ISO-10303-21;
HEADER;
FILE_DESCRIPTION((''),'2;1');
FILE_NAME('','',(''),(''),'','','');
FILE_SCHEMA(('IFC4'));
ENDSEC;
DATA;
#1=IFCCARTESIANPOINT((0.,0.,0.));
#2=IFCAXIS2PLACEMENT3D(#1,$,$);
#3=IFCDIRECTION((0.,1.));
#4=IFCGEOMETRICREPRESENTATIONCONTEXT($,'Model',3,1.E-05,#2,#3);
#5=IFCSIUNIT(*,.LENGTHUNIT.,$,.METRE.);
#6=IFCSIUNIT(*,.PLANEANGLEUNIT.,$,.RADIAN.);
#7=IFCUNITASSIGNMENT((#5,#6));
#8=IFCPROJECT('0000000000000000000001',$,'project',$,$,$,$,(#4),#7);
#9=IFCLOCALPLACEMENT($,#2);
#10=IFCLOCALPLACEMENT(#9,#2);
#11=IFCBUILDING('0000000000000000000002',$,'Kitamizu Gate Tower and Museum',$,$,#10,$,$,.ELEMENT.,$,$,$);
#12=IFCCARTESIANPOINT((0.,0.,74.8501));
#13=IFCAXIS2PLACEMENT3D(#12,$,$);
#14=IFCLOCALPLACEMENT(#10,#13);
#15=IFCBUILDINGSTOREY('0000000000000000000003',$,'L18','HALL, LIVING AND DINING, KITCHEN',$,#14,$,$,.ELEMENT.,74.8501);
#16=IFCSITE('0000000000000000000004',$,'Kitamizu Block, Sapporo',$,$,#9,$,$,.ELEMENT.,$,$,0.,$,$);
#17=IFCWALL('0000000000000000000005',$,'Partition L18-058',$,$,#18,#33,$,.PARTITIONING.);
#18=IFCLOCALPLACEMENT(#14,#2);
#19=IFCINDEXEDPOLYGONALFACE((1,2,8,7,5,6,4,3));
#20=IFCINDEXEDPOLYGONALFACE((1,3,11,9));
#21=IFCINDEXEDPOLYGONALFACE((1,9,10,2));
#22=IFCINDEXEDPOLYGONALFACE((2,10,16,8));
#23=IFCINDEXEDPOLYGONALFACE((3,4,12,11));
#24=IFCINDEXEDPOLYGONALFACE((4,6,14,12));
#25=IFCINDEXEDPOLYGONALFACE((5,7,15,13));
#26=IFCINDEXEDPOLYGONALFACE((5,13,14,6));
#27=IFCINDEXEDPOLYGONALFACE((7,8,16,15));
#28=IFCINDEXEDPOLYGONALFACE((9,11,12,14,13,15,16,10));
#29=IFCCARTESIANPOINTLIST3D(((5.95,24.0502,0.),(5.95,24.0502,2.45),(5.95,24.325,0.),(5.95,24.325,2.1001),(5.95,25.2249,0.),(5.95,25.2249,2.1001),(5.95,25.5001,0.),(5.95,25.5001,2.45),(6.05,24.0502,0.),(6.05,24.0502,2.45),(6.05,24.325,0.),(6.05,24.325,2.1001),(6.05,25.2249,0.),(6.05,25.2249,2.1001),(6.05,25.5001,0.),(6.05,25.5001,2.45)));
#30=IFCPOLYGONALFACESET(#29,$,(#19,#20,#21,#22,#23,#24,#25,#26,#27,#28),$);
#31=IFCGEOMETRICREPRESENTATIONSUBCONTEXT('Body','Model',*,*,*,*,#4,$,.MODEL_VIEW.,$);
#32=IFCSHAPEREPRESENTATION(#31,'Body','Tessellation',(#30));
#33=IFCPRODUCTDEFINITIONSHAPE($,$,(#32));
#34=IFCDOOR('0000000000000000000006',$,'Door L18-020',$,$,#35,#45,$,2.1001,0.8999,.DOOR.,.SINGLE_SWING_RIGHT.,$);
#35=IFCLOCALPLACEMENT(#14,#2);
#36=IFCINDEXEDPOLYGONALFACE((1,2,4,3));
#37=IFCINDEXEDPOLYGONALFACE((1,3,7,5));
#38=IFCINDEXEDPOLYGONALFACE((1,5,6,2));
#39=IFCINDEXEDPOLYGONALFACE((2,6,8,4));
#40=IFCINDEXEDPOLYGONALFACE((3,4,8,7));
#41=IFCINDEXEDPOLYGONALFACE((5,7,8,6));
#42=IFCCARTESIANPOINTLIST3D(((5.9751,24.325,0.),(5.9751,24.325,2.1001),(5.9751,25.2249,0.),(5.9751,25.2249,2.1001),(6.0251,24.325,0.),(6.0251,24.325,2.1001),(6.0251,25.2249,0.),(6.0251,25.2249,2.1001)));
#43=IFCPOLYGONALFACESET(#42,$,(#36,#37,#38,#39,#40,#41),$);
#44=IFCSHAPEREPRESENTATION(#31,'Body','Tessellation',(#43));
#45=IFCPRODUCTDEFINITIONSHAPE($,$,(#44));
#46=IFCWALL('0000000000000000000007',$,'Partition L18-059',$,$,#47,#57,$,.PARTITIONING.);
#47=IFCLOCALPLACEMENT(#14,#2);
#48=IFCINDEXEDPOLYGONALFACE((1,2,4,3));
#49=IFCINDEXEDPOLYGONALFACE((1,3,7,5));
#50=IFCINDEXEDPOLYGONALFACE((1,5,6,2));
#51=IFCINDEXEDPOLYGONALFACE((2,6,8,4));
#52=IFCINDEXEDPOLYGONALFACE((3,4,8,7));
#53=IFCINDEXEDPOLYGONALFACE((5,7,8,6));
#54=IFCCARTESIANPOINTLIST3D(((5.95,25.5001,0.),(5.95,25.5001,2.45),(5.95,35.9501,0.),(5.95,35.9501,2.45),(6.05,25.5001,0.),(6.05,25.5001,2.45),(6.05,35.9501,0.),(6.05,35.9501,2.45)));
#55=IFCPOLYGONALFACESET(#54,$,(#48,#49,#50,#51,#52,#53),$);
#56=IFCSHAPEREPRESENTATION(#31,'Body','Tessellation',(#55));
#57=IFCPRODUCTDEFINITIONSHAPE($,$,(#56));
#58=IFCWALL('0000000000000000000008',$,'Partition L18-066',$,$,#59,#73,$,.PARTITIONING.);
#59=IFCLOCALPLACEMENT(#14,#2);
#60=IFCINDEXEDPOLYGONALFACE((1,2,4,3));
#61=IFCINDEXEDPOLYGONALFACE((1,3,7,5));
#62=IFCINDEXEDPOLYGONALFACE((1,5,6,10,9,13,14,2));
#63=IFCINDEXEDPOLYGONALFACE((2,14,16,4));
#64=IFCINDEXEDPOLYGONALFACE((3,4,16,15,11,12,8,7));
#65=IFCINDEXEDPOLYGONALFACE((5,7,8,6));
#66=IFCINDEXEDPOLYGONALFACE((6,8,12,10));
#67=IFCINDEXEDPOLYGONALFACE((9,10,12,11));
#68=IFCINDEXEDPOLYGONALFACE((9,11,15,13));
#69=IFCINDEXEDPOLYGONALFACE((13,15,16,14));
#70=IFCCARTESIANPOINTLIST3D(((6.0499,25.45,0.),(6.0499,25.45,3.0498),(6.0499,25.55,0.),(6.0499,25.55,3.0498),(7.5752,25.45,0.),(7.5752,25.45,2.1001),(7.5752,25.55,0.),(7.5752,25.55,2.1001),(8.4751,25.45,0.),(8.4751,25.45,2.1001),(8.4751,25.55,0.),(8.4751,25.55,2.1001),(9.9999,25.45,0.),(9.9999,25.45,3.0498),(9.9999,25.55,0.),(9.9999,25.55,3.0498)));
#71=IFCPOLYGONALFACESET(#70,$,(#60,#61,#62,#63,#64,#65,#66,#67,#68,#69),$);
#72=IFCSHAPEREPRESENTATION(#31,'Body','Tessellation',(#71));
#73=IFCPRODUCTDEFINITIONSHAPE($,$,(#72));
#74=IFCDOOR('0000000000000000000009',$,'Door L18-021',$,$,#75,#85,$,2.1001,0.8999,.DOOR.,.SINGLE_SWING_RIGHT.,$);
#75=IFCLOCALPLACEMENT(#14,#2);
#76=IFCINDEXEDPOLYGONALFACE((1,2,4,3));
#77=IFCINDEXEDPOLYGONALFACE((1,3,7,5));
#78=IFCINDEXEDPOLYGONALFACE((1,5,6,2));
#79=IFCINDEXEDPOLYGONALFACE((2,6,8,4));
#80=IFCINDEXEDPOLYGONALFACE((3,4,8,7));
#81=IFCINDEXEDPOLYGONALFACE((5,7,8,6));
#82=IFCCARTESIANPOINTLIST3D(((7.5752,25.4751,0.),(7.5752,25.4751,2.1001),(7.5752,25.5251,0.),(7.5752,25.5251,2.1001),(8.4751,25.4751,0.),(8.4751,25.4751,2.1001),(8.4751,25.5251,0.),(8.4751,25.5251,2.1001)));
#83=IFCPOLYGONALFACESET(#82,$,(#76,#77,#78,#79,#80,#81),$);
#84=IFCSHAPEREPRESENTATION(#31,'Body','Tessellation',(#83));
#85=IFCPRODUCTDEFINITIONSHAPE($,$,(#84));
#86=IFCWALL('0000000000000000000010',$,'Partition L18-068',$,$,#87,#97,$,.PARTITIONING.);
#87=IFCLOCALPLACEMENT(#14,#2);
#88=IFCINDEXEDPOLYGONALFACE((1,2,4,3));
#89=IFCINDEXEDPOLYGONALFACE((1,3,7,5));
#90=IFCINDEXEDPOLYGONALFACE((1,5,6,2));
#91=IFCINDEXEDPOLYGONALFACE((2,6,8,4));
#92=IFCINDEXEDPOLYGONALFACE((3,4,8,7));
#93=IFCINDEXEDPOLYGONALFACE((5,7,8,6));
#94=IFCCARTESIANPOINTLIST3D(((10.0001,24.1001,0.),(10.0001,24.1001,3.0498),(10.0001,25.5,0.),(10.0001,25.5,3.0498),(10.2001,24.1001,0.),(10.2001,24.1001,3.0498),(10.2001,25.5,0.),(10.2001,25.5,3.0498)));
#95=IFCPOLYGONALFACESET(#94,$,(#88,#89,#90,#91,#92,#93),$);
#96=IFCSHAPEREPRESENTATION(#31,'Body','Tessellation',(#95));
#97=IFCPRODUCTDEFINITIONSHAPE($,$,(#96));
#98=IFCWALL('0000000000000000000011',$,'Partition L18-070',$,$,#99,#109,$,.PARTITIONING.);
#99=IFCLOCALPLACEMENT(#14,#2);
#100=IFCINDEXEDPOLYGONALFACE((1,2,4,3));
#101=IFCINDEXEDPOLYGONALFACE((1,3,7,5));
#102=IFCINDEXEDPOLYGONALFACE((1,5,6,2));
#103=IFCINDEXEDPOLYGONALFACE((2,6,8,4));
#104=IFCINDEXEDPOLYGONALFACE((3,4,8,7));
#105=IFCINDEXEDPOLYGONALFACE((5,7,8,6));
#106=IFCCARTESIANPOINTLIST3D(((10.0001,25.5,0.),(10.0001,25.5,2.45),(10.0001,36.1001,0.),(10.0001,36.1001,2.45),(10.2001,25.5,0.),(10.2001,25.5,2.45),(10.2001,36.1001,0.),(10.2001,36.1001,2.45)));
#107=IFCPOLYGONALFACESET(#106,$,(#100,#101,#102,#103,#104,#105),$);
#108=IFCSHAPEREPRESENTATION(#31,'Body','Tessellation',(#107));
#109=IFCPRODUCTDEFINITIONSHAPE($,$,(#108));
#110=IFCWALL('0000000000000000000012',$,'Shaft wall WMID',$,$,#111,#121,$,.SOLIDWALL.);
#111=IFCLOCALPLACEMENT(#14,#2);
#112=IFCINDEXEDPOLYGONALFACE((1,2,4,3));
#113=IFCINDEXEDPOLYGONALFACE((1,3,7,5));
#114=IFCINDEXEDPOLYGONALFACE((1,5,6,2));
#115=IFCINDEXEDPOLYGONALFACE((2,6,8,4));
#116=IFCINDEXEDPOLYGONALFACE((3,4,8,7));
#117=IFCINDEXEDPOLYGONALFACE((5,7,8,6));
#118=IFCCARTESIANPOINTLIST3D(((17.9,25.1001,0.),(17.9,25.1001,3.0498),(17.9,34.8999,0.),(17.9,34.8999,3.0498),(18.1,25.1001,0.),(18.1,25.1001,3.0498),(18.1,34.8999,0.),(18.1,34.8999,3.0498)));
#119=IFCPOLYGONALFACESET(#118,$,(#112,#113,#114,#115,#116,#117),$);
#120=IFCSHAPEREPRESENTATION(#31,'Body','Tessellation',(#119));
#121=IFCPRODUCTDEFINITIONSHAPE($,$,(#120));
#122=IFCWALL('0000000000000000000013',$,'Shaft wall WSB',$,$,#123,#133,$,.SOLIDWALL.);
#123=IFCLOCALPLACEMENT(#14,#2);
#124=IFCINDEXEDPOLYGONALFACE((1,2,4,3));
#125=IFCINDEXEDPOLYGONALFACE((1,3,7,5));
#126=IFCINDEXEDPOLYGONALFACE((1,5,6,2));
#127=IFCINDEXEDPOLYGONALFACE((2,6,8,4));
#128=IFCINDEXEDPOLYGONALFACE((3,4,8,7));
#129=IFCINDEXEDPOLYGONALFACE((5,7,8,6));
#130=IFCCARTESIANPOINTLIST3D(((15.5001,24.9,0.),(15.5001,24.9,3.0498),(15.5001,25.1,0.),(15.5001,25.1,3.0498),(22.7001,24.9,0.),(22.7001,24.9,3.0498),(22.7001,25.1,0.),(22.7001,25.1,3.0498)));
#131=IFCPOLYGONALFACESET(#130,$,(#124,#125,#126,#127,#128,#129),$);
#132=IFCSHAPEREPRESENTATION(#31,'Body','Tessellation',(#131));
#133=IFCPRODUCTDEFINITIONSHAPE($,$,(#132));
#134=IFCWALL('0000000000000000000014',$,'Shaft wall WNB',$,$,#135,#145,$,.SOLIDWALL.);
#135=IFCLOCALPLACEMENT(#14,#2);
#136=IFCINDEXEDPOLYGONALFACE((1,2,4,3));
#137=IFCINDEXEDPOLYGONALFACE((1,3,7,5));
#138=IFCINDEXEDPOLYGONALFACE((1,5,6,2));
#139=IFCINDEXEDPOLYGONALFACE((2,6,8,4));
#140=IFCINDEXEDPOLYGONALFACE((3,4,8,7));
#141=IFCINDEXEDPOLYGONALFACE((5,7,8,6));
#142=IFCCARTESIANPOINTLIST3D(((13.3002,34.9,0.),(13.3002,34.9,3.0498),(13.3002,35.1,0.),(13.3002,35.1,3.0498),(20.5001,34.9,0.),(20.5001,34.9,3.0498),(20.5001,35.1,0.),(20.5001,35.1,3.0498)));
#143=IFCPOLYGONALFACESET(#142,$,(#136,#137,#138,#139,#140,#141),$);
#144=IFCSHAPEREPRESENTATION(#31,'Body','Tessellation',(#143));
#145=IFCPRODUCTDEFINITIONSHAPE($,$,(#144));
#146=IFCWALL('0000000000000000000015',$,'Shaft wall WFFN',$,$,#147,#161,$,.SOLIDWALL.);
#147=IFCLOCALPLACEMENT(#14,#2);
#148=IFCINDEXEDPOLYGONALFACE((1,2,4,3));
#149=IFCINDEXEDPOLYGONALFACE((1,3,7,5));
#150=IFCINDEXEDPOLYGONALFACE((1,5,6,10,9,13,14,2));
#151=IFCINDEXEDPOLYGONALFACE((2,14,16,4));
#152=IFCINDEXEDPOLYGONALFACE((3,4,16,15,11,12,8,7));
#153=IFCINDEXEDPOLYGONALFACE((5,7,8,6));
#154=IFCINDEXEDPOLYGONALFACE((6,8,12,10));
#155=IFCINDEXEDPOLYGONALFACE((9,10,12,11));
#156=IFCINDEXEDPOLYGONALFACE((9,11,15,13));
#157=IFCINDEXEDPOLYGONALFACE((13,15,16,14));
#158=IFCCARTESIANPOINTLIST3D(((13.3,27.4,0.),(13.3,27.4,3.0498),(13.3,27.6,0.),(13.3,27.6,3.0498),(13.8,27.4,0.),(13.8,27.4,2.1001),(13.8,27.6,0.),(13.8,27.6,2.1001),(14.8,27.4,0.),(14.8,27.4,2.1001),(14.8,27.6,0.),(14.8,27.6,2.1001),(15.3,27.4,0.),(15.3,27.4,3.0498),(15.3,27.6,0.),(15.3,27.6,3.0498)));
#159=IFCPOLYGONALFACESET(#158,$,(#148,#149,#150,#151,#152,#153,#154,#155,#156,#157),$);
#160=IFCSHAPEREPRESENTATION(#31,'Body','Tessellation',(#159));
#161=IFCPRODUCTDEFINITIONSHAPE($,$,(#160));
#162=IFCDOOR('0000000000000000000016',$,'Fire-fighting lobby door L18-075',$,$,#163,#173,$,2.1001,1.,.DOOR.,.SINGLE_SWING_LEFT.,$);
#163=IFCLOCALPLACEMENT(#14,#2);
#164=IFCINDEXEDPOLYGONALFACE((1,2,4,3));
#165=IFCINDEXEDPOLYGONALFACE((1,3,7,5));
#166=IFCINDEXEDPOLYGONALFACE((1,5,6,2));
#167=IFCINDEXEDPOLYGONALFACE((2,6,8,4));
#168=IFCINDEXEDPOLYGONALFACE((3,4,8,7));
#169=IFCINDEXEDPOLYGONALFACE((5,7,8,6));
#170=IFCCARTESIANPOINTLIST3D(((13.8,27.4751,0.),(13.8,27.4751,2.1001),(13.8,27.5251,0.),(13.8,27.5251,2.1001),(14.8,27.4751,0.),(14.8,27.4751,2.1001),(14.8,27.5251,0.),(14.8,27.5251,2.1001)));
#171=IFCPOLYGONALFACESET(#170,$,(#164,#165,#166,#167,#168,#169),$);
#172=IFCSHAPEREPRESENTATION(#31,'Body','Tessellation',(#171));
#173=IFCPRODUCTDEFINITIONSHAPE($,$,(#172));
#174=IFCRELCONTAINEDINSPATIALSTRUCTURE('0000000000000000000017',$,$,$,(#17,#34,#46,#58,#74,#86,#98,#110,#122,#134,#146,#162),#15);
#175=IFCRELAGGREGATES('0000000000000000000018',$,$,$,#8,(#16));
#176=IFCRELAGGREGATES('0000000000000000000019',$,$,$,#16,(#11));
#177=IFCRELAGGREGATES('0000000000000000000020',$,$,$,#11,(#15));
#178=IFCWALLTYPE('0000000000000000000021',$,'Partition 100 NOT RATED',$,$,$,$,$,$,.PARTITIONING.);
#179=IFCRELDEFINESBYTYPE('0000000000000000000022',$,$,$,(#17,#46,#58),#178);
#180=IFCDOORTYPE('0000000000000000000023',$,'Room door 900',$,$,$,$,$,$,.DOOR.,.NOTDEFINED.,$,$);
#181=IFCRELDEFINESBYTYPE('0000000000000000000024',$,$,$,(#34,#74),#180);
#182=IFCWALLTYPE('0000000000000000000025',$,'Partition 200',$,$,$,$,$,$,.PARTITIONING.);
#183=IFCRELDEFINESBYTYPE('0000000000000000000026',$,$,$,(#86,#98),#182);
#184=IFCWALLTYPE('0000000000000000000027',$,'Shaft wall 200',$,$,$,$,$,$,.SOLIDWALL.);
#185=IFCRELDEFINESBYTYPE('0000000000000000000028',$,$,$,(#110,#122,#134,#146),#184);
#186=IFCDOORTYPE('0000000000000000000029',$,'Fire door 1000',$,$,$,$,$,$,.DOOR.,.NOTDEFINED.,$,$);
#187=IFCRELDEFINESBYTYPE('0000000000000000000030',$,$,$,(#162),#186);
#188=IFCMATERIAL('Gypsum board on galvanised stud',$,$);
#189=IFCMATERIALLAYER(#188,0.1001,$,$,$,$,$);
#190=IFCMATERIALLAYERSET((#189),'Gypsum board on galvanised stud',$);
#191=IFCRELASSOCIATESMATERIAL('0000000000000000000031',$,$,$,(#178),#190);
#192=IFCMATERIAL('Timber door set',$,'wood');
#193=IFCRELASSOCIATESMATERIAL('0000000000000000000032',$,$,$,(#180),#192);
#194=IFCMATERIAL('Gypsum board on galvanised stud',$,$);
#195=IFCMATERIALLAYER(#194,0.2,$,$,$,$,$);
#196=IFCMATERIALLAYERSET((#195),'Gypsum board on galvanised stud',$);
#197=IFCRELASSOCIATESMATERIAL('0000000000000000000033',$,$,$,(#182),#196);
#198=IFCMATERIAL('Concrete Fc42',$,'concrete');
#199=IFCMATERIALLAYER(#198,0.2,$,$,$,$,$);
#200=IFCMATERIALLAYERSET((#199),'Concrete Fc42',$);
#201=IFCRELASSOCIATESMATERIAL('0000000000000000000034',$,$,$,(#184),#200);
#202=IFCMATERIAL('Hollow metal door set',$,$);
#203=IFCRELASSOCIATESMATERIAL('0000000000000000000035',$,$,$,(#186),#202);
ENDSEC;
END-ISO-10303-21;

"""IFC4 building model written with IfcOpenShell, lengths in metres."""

from ifc_helpers import new_model, si_unit, direction, frame, frame_2d, origin, place, context, subcontext, project, spatial, rectangle, extrude, material, layer, layer_set, type_object, element, fill, save


model = new_model("IFC4")

# Units and contexts
model_context = context("Model", 3, precision=1e-05, world=origin(), true_north=direction((0.0, 1.0)))
body_context = subcontext(model_context, "Body", "Model", "MODEL_VIEW")
ifc_project = project(units=[si_unit("LENGTHUNIT", "METRE"), si_unit("PLANEANGLEUNIT", "RADIAN")], contexts=[model_context])

# Site, building, storey
site_placement = place(None, origin())
site = spatial("IfcSite", under=ifc_project, at=site_placement, Name="Kitamizu Block, Sapporo", CompositionType="ELEMENT", RefElevation=0.0)
building_placement = place(site_placement, origin())
building = spatial("IfcBuilding", under=site, at=building_placement, Name="Kitamizu Gate Tower and Museum", CompositionType="ELEMENT")
storey_placement = place(building_placement, frame((0.0, 0.0, 74.8501)))
storey = spatial("IfcBuildingStorey", under=building, at=storey_placement, Name="L18", Description="HALL, LIVING AND DINING, KITCHEN", CompositionType="ELEMENT", Elevation=74.8501)

# Shared definitions
ifc_material_1 = material(Name="Gypsum board on galvanised stud")
ifc_layer_1 = layer(ifc_material_1, 0.1001)
ifc_layer_set_1 = layer_set([ifc_layer_1], Name="Gypsum board on galvanised stud")
wall_type_1 = type_object("IfcWallType", Name="Partition 100 NOT RATED", PredefinedType="PARTITIONING", material=ifc_layer_set_1)

# Wall, opening, door
wall_1_placement = place(storey_placement, frame((6.0, 24.05, 0.0), z_axis=(0.0, 0.0, 1.0), x_axis=(0.0, 1.0, 0.0)))
wall_1 = element("IfcWall", 1, at=wall_1_placement, inside=storey, type_object=wall_type_1, Name="Partition L18-058", PredefinedType="PARTITIONING", context=body_context, shape_type="SweptSolid", body=[
    extrude(rectangle(XDim=1.45, YDim=0.1001, at=frame_2d((0.7251, 0.0))), origin(), (0.0, 0.0, 1.0), 2.45),
])
opening_1_placement = place(wall_1_placement, frame((0.2749, 0.0, 0.0)))
opening_1 = element("IfcOpeningElement", 2, at=opening_1_placement, cuts=wall_1, PredefinedType="OPENING", context=body_context, shape_type="SweptSolid", body=[
    extrude(rectangle(XDim=0.8999, YDim=2.1001, at=frame_2d((0.45, 1.05))), frame((0.0, 0.0601, 0.0), z_axis=(0.0, -1.0, 0.0), x_axis=(1.0, 0.0, 0.0)), (0.0, 0.0, 1.0), 0.1201),
])
ifc_material_2 = material(Name="Timber door set", Category="wood")
door_type_1 = type_object("IfcDoorType", Name="Room door 900", OperationType="NOTDEFINED", PredefinedType="DOOR", material=ifc_material_2)
door_1_placement = place(opening_1_placement, origin())
door_1 = element("IfcDoor", 3, at=door_1_placement, inside=storey, type_object=door_type_1, Name="Door L18-020", OperationType="SINGLE_SWING_RIGHT", OverallHeight=2.1001, OverallWidth=0.8999, PredefinedType="DOOR", context=body_context, shape_type="SweptSolid", body=[
    extrude(rectangle(XDim=0.8999, YDim=2.1001, at=frame_2d((0.45, 1.05))), frame((0.0, 0.0249, 0.0), z_axis=(0.0, -1.0, 0.0), x_axis=(1.0, 0.0, 0.0)), (0.0, 0.0, 1.0), 0.05),
])
fill(opening_1, door_1)

# Wall
wall_2_placement = place(storey_placement, frame((6.0, 25.5, 0.0), z_axis=(0.0, 0.0, 1.0), x_axis=(0.0, 1.0, 0.0)))
element("IfcWall", 4, at=wall_2_placement, inside=storey, type_object=wall_type_1, Name="Partition L18-059", PredefinedType="PARTITIONING", context=body_context, shape_type="SweptSolid", body=[
    extrude(rectangle(XDim=10.45, YDim=0.1001, at=frame_2d((5.2251, 0.0))), origin(), (0.0, 0.0, 1.0), 2.45),
])

# Wall, opening, door
wall_3_placement = place(storey_placement, frame((10.0, 25.5, 0.0), z_axis=(0.0, 0.0, 1.0), x_axis=(-1.0, 0.0, 0.0)))
wall_3 = element("IfcWall", 5, at=wall_3_placement, inside=storey, type_object=wall_type_1, Name="Partition L18-066", PredefinedType="PARTITIONING", context=body_context, shape_type="SweptSolid", body=[
    extrude(rectangle(XDim=3.95, YDim=0.1001, at=frame_2d((1.9751, 0.0))), origin(), (0.0, 0.0, 1.0), 3.0498),
])
opening_2_placement = place(wall_3_placement, frame((1.5249, 0.0, 0.0)))
opening_2 = element("IfcOpeningElement", 6, at=opening_2_placement, cuts=wall_3, PredefinedType="OPENING", context=body_context, shape_type="SweptSolid", body=[
    extrude(rectangle(XDim=0.8999, YDim=2.1001, at=frame_2d((0.45, 1.05))), frame((0.0, 0.0601, 0.0), z_axis=(0.0, -1.0, 0.0), x_axis=(1.0, 0.0, 0.0)), (0.0, 0.0, 1.0), 0.1201),
])
door_2_placement = place(opening_2_placement, origin())
door_2 = element("IfcDoor", 7, at=door_2_placement, inside=storey, type_object=door_type_1, Name="Door L18-021", OperationType="SINGLE_SWING_RIGHT", OverallHeight=2.1001, OverallWidth=0.8999, PredefinedType="DOOR", context=body_context, shape_type="SweptSolid", body=[
    extrude(rectangle(XDim=0.8999, YDim=2.1001, at=frame_2d((0.45, 1.05))), frame((0.0, 0.0249, 0.0), z_axis=(0.0, -1.0, 0.0), x_axis=(1.0, 0.0, 0.0)), (0.0, 0.0, 1.0), 0.05),
])
fill(opening_2, door_2)

# Walls
ifc_material_3 = material(Name="Gypsum board on galvanised stud")
ifc_layer_2 = layer(ifc_material_3, 0.2)
ifc_layer_set_2 = layer_set([ifc_layer_2], Name="Gypsum board on galvanised stud")
wall_type_2 = type_object("IfcWallType", Name="Partition 200", PredefinedType="PARTITIONING", material=ifc_layer_set_2)
wall_4_placement = place(storey_placement, frame((10.1001, 24.1001, 0.0), z_axis=(0.0, 0.0, 1.0), x_axis=(0.0, 1.0, 0.0)))
element("IfcWall", 8, at=wall_4_placement, inside=storey, type_object=wall_type_2, Name="Partition L18-068", PredefinedType="PARTITIONING", context=body_context, shape_type="SweptSolid", body=[
    extrude(rectangle(XDim=1.3999, YDim=0.2, at=frame_2d((0.7, 0.0))), origin(), (0.0, 0.0, 1.0), 3.0498),
])
wall_5_placement = place(storey_placement, frame((10.1001, 25.5, 0.0), z_axis=(0.0, 0.0, 1.0), x_axis=(0.0, 1.0, 0.0)))
element("IfcWall", 9, at=wall_5_placement, inside=storey, type_object=wall_type_2, Name="Partition L18-070", PredefinedType="PARTITIONING", context=body_context, shape_type="SweptSolid", body=[
    extrude(rectangle(XDim=10.6001, YDim=0.2, at=frame_2d((5.3, 0.0))), origin(), (0.0, 0.0, 1.0), 2.45),
])
ifc_material_4 = material(Name="Concrete Fc42", Category="concrete")
ifc_layer_3 = layer(ifc_material_4, 0.2)
ifc_layer_set_3 = layer_set([ifc_layer_3], Name="Concrete Fc42")
wall_type_3 = type_object("IfcWallType", Name="Shaft wall 200", PredefinedType="SOLIDWALL", material=ifc_layer_set_3)
wall_6_placement = place(storey_placement, frame((18.0, 25.1001, 0.0), z_axis=(0.0, 0.0, 1.0), x_axis=(0.0, 1.0, 0.0)))
element("IfcWall", 10, at=wall_6_placement, inside=storey, type_object=wall_type_3, Name="Shaft wall WMID", PredefinedType="SOLIDWALL", context=body_context, shape_type="SweptSolid", body=[
    extrude(rectangle(XDim=9.7998, YDim=0.2, at=frame_2d((4.8999, 0.0))), origin(), (0.0, 0.0, 1.0), 3.0498),
])
for number, where, z_axis, x_axis, name in (
    (11, (15.5, 25.0, 0.0), (0.0, 0.0, 1.0), (1.0, 0.0, 0.0), "Shaft wall WSB"),
    (12, (13.3, 35.0, 0.0), (0.0, 0.0, 1.0), (1.0, 0.0, 0.0), "Shaft wall WNB"),
):
    element("IfcWall", number, at=place(storey_placement, frame(where, z_axis=z_axis, x_axis=x_axis)), inside=storey, type_object=wall_type_3, Name=name, PredefinedType="SOLIDWALL", context=body_context, shape_type="SweptSolid", body=[
        extrude(rectangle(XDim=7.2, YDim=0.2, at=frame_2d((3.6001, 0.0))), origin(), (0.0, 0.0, 1.0), 3.0498),
    ])

# Wall, opening, door
wall_7_placement = place(storey_placement, frame((13.3, 27.5, 0.0), z_axis=(0.0, 0.0, 1.0), x_axis=(1.0, 0.0, 0.0)))
wall_7 = element("IfcWall", 13, at=wall_7_placement, inside=storey, type_object=wall_type_3, Name="Shaft wall WFFN", PredefinedType="SOLIDWALL", context=body_context, shape_type="SweptSolid", body=[
    extrude(rectangle(XDim=2.0, YDim=0.2, at=frame_2d((1.0, 0.0))), origin(), (0.0, 0.0, 1.0), 3.0498),
])
opening_3_placement = place(wall_7_placement, frame((0.5, 0.0, 0.0)))
opening_3 = element("IfcOpeningElement", 14, at=opening_3_placement, cuts=wall_7, PredefinedType="OPENING", context=body_context, shape_type="SweptSolid", body=[
    extrude(rectangle(XDim=1.0, YDim=2.1001, at=frame_2d((0.5, 1.05))), frame((0.0, 0.1099, 0.0), z_axis=(0.0, -1.0, 0.0), x_axis=(1.0, 0.0, 0.0)), (0.0, 0.0, 1.0), 0.22),
])
ifc_material_5 = material(Name="Hollow metal door set")
door_type_2 = type_object("IfcDoorType", Name="Fire door 1000", OperationType="NOTDEFINED", PredefinedType="DOOR", material=ifc_material_5)
door_3_placement = place(opening_3_placement, frame((1.0, 0.0, 0.0), x_axis=(-1.0, 0.0, 0.0)))
door_3 = element("IfcDoor", 15, at=door_3_placement, inside=storey, type_object=door_type_2, Name="Fire-fighting lobby door L18-075", OperationType="SINGLE_SWING_LEFT", OverallHeight=2.1001, OverallWidth=1.0, PredefinedType="DOOR", context=body_context, shape_type="SweptSolid", body=[
    extrude(rectangle(XDim=1.0, YDim=2.1001, at=frame_2d((0.5, 1.05))), frame((0.0, 0.0249, 0.0), z_axis=(0.0, -1.0, 0.0), x_axis=(1.0, 0.0, 0.0)), (0.0, 0.0, 1.0), 0.05),
])
fill(opening_3, door_3)

save(model, "model.ifc")
